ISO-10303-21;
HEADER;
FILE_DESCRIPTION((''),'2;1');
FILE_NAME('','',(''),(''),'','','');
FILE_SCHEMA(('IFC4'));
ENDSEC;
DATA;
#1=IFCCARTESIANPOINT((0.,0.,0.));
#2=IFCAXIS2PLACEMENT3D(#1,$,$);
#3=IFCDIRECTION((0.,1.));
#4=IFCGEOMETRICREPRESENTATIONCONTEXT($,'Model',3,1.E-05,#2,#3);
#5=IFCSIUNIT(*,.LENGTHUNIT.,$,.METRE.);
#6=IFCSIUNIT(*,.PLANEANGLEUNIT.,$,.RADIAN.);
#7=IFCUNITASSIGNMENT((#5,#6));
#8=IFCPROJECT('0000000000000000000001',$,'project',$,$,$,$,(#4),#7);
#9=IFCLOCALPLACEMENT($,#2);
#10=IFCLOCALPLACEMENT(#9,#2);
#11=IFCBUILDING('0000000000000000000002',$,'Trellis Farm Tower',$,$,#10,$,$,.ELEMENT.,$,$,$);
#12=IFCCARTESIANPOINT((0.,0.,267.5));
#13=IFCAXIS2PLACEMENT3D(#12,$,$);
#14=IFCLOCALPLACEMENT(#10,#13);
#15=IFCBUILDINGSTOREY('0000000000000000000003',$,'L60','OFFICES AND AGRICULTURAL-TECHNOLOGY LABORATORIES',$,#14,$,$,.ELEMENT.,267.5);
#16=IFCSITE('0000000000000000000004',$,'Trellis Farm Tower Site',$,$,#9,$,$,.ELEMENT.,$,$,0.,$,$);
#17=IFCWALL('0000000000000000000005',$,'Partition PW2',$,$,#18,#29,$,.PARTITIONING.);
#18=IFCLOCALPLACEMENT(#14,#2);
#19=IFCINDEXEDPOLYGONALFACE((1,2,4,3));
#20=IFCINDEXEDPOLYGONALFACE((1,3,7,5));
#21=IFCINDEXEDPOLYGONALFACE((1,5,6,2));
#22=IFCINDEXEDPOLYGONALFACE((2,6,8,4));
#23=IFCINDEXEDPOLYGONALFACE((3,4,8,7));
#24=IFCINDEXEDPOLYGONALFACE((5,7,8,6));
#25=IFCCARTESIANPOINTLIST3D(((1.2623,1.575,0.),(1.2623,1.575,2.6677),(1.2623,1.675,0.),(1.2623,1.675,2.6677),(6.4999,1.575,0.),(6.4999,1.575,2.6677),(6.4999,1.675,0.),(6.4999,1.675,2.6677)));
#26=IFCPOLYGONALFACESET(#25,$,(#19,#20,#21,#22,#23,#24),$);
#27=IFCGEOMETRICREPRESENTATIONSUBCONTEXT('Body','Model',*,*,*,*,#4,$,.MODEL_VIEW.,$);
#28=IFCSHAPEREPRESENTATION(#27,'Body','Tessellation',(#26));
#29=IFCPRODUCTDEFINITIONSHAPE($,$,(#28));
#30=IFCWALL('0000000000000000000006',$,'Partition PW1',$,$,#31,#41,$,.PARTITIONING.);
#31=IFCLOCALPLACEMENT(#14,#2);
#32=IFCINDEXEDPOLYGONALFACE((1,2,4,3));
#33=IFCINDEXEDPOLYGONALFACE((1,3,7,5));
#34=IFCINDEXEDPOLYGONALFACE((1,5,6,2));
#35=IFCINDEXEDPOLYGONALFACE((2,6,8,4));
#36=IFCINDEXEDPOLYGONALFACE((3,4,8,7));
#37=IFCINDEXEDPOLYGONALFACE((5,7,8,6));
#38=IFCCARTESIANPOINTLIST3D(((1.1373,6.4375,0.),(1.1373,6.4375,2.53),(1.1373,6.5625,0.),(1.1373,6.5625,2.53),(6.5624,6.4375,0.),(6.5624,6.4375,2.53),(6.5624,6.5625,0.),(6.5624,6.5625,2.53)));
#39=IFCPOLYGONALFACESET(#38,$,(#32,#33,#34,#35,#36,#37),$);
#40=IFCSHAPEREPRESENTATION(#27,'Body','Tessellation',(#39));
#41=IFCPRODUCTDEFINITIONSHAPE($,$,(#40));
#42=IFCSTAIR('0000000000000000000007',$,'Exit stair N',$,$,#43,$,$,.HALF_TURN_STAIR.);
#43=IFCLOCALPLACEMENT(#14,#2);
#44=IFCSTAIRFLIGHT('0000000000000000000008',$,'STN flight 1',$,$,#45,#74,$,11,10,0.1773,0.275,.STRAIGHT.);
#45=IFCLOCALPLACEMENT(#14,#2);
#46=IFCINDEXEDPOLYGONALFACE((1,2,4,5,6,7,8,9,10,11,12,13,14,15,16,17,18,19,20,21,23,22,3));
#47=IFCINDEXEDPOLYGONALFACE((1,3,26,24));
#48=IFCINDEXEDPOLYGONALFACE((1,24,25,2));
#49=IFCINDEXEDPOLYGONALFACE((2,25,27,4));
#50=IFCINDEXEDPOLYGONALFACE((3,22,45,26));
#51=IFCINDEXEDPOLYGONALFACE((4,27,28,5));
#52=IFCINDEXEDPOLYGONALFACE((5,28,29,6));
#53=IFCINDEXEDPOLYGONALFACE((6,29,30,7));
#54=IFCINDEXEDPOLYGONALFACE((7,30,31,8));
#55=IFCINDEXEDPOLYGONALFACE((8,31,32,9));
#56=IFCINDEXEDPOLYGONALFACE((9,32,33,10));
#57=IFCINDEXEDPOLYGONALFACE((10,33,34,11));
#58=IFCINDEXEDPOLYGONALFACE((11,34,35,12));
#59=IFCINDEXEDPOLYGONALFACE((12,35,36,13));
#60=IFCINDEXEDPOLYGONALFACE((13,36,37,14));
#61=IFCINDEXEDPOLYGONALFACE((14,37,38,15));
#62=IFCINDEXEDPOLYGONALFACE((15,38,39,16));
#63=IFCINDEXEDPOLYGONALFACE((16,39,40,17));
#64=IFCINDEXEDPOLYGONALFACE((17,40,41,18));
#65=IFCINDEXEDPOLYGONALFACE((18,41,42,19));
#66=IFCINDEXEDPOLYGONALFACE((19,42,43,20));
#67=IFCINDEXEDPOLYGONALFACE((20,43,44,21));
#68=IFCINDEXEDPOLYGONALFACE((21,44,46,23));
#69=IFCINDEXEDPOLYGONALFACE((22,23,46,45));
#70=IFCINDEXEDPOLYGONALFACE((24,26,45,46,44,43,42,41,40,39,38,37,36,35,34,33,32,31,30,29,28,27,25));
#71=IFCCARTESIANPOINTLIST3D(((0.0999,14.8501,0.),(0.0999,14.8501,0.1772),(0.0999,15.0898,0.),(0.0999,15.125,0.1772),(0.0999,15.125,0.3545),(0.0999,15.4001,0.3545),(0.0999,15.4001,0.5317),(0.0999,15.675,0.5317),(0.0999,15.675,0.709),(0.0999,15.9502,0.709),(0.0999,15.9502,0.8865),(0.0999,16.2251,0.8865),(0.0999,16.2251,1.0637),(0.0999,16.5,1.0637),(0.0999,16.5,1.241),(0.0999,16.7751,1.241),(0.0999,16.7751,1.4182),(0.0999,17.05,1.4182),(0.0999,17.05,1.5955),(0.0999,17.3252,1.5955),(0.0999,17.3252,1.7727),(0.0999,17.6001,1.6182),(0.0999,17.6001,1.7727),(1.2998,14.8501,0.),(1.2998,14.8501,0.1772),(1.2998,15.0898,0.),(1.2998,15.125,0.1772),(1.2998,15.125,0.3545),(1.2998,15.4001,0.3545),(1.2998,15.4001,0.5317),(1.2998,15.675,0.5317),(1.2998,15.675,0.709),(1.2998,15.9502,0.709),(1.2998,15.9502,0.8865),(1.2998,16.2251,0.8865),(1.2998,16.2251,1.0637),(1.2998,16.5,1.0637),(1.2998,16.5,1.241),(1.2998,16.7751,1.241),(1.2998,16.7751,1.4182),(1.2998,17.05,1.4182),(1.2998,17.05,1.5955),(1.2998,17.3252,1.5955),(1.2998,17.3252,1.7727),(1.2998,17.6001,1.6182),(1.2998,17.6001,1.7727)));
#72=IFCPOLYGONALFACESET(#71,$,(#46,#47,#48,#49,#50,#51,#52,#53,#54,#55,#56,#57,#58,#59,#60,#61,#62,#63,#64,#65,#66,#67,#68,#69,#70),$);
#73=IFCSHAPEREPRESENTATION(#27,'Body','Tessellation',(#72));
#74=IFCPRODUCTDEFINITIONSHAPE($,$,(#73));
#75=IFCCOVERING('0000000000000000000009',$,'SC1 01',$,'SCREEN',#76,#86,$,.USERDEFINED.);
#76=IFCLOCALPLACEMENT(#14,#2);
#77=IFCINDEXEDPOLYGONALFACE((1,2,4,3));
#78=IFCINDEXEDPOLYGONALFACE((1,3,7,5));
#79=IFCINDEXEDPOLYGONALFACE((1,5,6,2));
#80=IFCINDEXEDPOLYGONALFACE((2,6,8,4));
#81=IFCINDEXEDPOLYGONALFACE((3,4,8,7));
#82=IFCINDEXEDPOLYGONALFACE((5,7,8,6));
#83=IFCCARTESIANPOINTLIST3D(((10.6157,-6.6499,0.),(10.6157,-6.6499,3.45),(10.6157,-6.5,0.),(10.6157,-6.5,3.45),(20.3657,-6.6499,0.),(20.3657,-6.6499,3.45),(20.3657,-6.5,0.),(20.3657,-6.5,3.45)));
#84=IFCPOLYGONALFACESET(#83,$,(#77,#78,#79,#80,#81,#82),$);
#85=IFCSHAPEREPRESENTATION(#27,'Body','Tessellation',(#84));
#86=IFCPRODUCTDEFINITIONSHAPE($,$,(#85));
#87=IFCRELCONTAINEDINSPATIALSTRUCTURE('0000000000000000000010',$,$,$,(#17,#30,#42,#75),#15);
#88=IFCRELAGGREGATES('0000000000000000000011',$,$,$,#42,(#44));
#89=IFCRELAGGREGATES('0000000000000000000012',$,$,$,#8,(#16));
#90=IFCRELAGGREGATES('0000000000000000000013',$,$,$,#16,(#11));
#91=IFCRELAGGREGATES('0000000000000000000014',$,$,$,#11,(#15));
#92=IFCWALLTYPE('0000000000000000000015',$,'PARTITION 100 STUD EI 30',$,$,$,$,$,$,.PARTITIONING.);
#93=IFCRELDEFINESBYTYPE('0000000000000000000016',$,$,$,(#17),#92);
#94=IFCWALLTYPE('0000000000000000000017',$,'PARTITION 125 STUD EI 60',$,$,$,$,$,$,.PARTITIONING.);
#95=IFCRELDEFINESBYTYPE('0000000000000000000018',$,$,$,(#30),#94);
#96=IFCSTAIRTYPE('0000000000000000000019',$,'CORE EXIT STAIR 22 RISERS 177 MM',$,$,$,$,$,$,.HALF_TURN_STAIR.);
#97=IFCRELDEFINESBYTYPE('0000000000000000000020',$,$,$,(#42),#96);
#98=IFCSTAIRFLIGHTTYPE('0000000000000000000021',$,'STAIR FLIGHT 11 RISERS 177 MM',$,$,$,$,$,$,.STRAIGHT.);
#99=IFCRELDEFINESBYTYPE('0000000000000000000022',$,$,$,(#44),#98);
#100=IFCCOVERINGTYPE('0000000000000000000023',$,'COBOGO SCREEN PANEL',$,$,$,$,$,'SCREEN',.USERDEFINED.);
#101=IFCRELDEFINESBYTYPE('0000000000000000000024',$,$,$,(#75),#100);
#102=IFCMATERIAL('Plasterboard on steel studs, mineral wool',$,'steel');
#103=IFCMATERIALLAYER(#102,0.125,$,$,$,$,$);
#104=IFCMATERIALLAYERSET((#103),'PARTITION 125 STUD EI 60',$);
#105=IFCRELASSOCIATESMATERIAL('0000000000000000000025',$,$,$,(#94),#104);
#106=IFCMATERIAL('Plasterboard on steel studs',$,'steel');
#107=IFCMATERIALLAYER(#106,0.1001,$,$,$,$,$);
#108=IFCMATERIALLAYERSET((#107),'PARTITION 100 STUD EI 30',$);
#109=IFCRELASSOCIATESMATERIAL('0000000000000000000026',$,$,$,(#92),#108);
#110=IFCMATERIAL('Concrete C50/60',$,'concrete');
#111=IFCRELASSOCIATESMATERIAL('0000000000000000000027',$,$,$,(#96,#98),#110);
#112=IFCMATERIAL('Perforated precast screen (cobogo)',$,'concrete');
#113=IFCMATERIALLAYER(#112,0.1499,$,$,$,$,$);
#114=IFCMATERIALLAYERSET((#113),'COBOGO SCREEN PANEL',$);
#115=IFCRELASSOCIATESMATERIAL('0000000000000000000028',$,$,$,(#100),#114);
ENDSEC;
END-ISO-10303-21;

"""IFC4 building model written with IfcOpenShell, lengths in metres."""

from ifc_helpers import new_model, si_unit, direction, frame, frame_2d, origin, place, context, subcontext, project, spatial, polyline, rectangle, outline, extrude, source, transform, mapped, material, layer, layer_set, type_object, element, aggregate, save


model = new_model("IFC4")

# Units and contexts
model_context = context("Model", 3, precision=1e-05, world=origin(), true_north=direction((0.0, 1.0)))
body_context = subcontext(model_context, "Body", "Model", "MODEL_VIEW")
ifc_project = project(units=[si_unit("LENGTHUNIT", "METRE"), si_unit("PLANEANGLEUNIT", "RADIAN")], contexts=[model_context])

# Site, building, storey
site_placement = place(None, origin())
site = spatial("IfcSite", under=ifc_project, at=site_placement, Name="Trellis Farm Tower Site", CompositionType="ELEMENT", RefElevation=0.0)
building_placement = place(site_placement, origin())
building = spatial("IfcBuilding", under=site, at=building_placement, Name="Trellis Farm Tower", CompositionType="ELEMENT")
storey_placement = place(building_placement, frame((0.0, 0.0, 267.5)))
storey = spatial("IfcBuildingStorey", under=building, at=storey_placement, Name="L60", Description="OFFICES AND AGRICULTURAL-TECHNOLOGY LABORATORIES", CompositionType="ELEMENT", Elevation=267.5)

# Shared definitions
placement_1 = place(storey_placement, origin())

# Shared definitions
ifc_material_1 = material(Name="Plasterboard on steel studs, mineral wool", Category="steel")
ifc_layer_1 = layer(ifc_material_1, 0.125)
ifc_layer_set_1 = layer_set([ifc_layer_1], Name="PARTITION 125 STUD EI 60")
wall_type_1 = type_object("IfcWallType", Name="PARTITION 125 STUD EI 60", PredefinedType="PARTITIONING", material=ifc_layer_set_1)

# Walls
ifc_material_2 = material(Name="Plasterboard on steel studs", Category="steel")
ifc_layer_2 = layer(ifc_material_2, 0.1001)
ifc_layer_set_2 = layer_set([ifc_layer_2], Name="PARTITION 100 STUD EI 30")
wall_type_2 = type_object("IfcWallType", Name="PARTITION 100 STUD EI 30", PredefinedType="PARTITIONING", material=ifc_layer_set_2)
shared_shape_1 = source(origin(), body_context, "Body", "SweptSolid", [
    extrude(rectangle(XDim=5.2375, YDim=0.1001, at=frame_2d((2.6187, 0.0))), origin(), (0.0, 0.0, 1.0), 2.6677),
])
wall_1_placement = place(storey_placement, frame((1.2625, 1.625, 0.0), z_axis=(0.0, 0.0, 1.0), x_axis=(1.0, 0.0, 0.0)))
element("IfcWall", 1, at=wall_1_placement, inside=storey, type_object=wall_type_2, Name="Partition PW2", PredefinedType="PARTITIONING", context=body_context, shape_type="MappedRepresentation", body=[
    mapped(shared_shape_1, transform((0.0, 0.0, 0.0))),
])
shared_shape_2 = source(origin(), body_context, "Body", "SweptSolid", [
    extrude(rectangle(XDim=5.425, YDim=0.125, at=frame_2d((2.7124, 0.0))), origin(), (0.0, 0.0, 1.0), 2.53),
])
wall_2_placement = place(storey_placement, frame((1.1375, 6.5, 0.0), z_axis=(0.0, 0.0, 1.0), x_axis=(1.0, 0.0, 0.0)))
element("IfcWall", 2, at=wall_2_placement, inside=storey, type_object=wall_type_1, Name="Partition PW1", PredefinedType="PARTITIONING", context=body_context, shape_type="MappedRepresentation", body=[
    mapped(shared_shape_2, transform((0.0, 0.0, 0.0))),
])

# Stair, stair flight
ifc_material_3 = material(Name="Concrete C50/60", Category="concrete")
stair_type = type_object("IfcStairType", Name="CORE EXIT STAIR 22 RISERS 177 MM", PredefinedType="HALF_TURN_STAIR", material=ifc_material_3)
stair = element("IfcStair", 3, at=placement_1, inside=storey, type_object=stair_type, Name="Exit stair N", PredefinedType="HALF_TURN_STAIR")
stair_flight_type = type_object("IfcStairFlightType", Name="STAIR FLIGHT 11 RISERS 177 MM", PredefinedType="STRAIGHT", material=ifc_material_3)
shared_shape_3 = source(origin(), body_context, "Body", "SweptSolid", [
    extrude(outline(polyline([(0.0, 0.0), (0.0, 0.1772), (0.2749, 0.1772), (0.2749, 0.3545), (0.55, 0.3545), (0.55, 0.5317), (0.825, 0.5317), (0.825, 0.709), (1.1001, 0.709), (1.1001, 0.8865), (1.375, 0.8865), (1.375, 1.0637), (1.6499, 1.0637), (1.6499, 1.241), (1.925, 1.241), (1.925, 1.4182), (2.2, 1.4182), (2.2, 1.5955), (2.4751, 1.5955), (2.4751, 1.7727), (2.75, 1.7727), (2.75, 1.95), (2.75, 1.6182), (0.2397, 0.0), (0.0, 0.0)])), frame((0.0, 0.6001, 0.0), z_axis=(0.0, -1.0, 0.0), x_axis=(1.0, 0.0, 0.0)), (0.0, 0.0, 1.0), 1.2),
])
stair_flight_placement = place(storey_placement, frame((0.7, 14.8501, 0.0), z_axis=(0.0, 0.0, 1.0), x_axis=(0.0, 1.0, 0.0)))
stair_flight = element("IfcStairFlight", 4, at=stair_flight_placement, type_object=stair_flight_type, Name="STN flight 1", NumberOfRisers=11, NumberOfTreads=10, PredefinedType="STRAIGHT", RiserHeight=0.1773, TreadLength=0.275, context=body_context, shape_type="MappedRepresentation", body=[
    mapped(shared_shape_3, transform((0.0, 0.0, 0.0))),
])
aggregate(stair, [stair_flight])

# Covering
ifc_material_4 = material(Name="Perforated precast screen (cobogo)", Category="concrete")
ifc_layer_3 = layer(ifc_material_4, 0.1499)
ifc_layer_set_3 = layer_set([ifc_layer_3], Name="COBOGO SCREEN PANEL")
covering_type = type_object("IfcCoveringType", Name="COBOGO SCREEN PANEL", ElementType="SCREEN", PredefinedType="USERDEFINED", material=ifc_layer_set_3)
element("IfcCovering", 5, at=placement_1, inside=storey, type_object=covering_type, Name="SC1 01", ObjectType="SCREEN", PredefinedType="USERDEFINED", context=body_context, shape_type="SweptSolid", body=[
    extrude(outline(polyline([(10.6157, -6.6499), (20.3657, -6.6499), (20.3657, -6.5), (10.6157, -6.5), (10.6157, -6.6499)])), origin(), (0.0, 0.0, 1.0), 3.45),
])

save(model, "model.ifc")
